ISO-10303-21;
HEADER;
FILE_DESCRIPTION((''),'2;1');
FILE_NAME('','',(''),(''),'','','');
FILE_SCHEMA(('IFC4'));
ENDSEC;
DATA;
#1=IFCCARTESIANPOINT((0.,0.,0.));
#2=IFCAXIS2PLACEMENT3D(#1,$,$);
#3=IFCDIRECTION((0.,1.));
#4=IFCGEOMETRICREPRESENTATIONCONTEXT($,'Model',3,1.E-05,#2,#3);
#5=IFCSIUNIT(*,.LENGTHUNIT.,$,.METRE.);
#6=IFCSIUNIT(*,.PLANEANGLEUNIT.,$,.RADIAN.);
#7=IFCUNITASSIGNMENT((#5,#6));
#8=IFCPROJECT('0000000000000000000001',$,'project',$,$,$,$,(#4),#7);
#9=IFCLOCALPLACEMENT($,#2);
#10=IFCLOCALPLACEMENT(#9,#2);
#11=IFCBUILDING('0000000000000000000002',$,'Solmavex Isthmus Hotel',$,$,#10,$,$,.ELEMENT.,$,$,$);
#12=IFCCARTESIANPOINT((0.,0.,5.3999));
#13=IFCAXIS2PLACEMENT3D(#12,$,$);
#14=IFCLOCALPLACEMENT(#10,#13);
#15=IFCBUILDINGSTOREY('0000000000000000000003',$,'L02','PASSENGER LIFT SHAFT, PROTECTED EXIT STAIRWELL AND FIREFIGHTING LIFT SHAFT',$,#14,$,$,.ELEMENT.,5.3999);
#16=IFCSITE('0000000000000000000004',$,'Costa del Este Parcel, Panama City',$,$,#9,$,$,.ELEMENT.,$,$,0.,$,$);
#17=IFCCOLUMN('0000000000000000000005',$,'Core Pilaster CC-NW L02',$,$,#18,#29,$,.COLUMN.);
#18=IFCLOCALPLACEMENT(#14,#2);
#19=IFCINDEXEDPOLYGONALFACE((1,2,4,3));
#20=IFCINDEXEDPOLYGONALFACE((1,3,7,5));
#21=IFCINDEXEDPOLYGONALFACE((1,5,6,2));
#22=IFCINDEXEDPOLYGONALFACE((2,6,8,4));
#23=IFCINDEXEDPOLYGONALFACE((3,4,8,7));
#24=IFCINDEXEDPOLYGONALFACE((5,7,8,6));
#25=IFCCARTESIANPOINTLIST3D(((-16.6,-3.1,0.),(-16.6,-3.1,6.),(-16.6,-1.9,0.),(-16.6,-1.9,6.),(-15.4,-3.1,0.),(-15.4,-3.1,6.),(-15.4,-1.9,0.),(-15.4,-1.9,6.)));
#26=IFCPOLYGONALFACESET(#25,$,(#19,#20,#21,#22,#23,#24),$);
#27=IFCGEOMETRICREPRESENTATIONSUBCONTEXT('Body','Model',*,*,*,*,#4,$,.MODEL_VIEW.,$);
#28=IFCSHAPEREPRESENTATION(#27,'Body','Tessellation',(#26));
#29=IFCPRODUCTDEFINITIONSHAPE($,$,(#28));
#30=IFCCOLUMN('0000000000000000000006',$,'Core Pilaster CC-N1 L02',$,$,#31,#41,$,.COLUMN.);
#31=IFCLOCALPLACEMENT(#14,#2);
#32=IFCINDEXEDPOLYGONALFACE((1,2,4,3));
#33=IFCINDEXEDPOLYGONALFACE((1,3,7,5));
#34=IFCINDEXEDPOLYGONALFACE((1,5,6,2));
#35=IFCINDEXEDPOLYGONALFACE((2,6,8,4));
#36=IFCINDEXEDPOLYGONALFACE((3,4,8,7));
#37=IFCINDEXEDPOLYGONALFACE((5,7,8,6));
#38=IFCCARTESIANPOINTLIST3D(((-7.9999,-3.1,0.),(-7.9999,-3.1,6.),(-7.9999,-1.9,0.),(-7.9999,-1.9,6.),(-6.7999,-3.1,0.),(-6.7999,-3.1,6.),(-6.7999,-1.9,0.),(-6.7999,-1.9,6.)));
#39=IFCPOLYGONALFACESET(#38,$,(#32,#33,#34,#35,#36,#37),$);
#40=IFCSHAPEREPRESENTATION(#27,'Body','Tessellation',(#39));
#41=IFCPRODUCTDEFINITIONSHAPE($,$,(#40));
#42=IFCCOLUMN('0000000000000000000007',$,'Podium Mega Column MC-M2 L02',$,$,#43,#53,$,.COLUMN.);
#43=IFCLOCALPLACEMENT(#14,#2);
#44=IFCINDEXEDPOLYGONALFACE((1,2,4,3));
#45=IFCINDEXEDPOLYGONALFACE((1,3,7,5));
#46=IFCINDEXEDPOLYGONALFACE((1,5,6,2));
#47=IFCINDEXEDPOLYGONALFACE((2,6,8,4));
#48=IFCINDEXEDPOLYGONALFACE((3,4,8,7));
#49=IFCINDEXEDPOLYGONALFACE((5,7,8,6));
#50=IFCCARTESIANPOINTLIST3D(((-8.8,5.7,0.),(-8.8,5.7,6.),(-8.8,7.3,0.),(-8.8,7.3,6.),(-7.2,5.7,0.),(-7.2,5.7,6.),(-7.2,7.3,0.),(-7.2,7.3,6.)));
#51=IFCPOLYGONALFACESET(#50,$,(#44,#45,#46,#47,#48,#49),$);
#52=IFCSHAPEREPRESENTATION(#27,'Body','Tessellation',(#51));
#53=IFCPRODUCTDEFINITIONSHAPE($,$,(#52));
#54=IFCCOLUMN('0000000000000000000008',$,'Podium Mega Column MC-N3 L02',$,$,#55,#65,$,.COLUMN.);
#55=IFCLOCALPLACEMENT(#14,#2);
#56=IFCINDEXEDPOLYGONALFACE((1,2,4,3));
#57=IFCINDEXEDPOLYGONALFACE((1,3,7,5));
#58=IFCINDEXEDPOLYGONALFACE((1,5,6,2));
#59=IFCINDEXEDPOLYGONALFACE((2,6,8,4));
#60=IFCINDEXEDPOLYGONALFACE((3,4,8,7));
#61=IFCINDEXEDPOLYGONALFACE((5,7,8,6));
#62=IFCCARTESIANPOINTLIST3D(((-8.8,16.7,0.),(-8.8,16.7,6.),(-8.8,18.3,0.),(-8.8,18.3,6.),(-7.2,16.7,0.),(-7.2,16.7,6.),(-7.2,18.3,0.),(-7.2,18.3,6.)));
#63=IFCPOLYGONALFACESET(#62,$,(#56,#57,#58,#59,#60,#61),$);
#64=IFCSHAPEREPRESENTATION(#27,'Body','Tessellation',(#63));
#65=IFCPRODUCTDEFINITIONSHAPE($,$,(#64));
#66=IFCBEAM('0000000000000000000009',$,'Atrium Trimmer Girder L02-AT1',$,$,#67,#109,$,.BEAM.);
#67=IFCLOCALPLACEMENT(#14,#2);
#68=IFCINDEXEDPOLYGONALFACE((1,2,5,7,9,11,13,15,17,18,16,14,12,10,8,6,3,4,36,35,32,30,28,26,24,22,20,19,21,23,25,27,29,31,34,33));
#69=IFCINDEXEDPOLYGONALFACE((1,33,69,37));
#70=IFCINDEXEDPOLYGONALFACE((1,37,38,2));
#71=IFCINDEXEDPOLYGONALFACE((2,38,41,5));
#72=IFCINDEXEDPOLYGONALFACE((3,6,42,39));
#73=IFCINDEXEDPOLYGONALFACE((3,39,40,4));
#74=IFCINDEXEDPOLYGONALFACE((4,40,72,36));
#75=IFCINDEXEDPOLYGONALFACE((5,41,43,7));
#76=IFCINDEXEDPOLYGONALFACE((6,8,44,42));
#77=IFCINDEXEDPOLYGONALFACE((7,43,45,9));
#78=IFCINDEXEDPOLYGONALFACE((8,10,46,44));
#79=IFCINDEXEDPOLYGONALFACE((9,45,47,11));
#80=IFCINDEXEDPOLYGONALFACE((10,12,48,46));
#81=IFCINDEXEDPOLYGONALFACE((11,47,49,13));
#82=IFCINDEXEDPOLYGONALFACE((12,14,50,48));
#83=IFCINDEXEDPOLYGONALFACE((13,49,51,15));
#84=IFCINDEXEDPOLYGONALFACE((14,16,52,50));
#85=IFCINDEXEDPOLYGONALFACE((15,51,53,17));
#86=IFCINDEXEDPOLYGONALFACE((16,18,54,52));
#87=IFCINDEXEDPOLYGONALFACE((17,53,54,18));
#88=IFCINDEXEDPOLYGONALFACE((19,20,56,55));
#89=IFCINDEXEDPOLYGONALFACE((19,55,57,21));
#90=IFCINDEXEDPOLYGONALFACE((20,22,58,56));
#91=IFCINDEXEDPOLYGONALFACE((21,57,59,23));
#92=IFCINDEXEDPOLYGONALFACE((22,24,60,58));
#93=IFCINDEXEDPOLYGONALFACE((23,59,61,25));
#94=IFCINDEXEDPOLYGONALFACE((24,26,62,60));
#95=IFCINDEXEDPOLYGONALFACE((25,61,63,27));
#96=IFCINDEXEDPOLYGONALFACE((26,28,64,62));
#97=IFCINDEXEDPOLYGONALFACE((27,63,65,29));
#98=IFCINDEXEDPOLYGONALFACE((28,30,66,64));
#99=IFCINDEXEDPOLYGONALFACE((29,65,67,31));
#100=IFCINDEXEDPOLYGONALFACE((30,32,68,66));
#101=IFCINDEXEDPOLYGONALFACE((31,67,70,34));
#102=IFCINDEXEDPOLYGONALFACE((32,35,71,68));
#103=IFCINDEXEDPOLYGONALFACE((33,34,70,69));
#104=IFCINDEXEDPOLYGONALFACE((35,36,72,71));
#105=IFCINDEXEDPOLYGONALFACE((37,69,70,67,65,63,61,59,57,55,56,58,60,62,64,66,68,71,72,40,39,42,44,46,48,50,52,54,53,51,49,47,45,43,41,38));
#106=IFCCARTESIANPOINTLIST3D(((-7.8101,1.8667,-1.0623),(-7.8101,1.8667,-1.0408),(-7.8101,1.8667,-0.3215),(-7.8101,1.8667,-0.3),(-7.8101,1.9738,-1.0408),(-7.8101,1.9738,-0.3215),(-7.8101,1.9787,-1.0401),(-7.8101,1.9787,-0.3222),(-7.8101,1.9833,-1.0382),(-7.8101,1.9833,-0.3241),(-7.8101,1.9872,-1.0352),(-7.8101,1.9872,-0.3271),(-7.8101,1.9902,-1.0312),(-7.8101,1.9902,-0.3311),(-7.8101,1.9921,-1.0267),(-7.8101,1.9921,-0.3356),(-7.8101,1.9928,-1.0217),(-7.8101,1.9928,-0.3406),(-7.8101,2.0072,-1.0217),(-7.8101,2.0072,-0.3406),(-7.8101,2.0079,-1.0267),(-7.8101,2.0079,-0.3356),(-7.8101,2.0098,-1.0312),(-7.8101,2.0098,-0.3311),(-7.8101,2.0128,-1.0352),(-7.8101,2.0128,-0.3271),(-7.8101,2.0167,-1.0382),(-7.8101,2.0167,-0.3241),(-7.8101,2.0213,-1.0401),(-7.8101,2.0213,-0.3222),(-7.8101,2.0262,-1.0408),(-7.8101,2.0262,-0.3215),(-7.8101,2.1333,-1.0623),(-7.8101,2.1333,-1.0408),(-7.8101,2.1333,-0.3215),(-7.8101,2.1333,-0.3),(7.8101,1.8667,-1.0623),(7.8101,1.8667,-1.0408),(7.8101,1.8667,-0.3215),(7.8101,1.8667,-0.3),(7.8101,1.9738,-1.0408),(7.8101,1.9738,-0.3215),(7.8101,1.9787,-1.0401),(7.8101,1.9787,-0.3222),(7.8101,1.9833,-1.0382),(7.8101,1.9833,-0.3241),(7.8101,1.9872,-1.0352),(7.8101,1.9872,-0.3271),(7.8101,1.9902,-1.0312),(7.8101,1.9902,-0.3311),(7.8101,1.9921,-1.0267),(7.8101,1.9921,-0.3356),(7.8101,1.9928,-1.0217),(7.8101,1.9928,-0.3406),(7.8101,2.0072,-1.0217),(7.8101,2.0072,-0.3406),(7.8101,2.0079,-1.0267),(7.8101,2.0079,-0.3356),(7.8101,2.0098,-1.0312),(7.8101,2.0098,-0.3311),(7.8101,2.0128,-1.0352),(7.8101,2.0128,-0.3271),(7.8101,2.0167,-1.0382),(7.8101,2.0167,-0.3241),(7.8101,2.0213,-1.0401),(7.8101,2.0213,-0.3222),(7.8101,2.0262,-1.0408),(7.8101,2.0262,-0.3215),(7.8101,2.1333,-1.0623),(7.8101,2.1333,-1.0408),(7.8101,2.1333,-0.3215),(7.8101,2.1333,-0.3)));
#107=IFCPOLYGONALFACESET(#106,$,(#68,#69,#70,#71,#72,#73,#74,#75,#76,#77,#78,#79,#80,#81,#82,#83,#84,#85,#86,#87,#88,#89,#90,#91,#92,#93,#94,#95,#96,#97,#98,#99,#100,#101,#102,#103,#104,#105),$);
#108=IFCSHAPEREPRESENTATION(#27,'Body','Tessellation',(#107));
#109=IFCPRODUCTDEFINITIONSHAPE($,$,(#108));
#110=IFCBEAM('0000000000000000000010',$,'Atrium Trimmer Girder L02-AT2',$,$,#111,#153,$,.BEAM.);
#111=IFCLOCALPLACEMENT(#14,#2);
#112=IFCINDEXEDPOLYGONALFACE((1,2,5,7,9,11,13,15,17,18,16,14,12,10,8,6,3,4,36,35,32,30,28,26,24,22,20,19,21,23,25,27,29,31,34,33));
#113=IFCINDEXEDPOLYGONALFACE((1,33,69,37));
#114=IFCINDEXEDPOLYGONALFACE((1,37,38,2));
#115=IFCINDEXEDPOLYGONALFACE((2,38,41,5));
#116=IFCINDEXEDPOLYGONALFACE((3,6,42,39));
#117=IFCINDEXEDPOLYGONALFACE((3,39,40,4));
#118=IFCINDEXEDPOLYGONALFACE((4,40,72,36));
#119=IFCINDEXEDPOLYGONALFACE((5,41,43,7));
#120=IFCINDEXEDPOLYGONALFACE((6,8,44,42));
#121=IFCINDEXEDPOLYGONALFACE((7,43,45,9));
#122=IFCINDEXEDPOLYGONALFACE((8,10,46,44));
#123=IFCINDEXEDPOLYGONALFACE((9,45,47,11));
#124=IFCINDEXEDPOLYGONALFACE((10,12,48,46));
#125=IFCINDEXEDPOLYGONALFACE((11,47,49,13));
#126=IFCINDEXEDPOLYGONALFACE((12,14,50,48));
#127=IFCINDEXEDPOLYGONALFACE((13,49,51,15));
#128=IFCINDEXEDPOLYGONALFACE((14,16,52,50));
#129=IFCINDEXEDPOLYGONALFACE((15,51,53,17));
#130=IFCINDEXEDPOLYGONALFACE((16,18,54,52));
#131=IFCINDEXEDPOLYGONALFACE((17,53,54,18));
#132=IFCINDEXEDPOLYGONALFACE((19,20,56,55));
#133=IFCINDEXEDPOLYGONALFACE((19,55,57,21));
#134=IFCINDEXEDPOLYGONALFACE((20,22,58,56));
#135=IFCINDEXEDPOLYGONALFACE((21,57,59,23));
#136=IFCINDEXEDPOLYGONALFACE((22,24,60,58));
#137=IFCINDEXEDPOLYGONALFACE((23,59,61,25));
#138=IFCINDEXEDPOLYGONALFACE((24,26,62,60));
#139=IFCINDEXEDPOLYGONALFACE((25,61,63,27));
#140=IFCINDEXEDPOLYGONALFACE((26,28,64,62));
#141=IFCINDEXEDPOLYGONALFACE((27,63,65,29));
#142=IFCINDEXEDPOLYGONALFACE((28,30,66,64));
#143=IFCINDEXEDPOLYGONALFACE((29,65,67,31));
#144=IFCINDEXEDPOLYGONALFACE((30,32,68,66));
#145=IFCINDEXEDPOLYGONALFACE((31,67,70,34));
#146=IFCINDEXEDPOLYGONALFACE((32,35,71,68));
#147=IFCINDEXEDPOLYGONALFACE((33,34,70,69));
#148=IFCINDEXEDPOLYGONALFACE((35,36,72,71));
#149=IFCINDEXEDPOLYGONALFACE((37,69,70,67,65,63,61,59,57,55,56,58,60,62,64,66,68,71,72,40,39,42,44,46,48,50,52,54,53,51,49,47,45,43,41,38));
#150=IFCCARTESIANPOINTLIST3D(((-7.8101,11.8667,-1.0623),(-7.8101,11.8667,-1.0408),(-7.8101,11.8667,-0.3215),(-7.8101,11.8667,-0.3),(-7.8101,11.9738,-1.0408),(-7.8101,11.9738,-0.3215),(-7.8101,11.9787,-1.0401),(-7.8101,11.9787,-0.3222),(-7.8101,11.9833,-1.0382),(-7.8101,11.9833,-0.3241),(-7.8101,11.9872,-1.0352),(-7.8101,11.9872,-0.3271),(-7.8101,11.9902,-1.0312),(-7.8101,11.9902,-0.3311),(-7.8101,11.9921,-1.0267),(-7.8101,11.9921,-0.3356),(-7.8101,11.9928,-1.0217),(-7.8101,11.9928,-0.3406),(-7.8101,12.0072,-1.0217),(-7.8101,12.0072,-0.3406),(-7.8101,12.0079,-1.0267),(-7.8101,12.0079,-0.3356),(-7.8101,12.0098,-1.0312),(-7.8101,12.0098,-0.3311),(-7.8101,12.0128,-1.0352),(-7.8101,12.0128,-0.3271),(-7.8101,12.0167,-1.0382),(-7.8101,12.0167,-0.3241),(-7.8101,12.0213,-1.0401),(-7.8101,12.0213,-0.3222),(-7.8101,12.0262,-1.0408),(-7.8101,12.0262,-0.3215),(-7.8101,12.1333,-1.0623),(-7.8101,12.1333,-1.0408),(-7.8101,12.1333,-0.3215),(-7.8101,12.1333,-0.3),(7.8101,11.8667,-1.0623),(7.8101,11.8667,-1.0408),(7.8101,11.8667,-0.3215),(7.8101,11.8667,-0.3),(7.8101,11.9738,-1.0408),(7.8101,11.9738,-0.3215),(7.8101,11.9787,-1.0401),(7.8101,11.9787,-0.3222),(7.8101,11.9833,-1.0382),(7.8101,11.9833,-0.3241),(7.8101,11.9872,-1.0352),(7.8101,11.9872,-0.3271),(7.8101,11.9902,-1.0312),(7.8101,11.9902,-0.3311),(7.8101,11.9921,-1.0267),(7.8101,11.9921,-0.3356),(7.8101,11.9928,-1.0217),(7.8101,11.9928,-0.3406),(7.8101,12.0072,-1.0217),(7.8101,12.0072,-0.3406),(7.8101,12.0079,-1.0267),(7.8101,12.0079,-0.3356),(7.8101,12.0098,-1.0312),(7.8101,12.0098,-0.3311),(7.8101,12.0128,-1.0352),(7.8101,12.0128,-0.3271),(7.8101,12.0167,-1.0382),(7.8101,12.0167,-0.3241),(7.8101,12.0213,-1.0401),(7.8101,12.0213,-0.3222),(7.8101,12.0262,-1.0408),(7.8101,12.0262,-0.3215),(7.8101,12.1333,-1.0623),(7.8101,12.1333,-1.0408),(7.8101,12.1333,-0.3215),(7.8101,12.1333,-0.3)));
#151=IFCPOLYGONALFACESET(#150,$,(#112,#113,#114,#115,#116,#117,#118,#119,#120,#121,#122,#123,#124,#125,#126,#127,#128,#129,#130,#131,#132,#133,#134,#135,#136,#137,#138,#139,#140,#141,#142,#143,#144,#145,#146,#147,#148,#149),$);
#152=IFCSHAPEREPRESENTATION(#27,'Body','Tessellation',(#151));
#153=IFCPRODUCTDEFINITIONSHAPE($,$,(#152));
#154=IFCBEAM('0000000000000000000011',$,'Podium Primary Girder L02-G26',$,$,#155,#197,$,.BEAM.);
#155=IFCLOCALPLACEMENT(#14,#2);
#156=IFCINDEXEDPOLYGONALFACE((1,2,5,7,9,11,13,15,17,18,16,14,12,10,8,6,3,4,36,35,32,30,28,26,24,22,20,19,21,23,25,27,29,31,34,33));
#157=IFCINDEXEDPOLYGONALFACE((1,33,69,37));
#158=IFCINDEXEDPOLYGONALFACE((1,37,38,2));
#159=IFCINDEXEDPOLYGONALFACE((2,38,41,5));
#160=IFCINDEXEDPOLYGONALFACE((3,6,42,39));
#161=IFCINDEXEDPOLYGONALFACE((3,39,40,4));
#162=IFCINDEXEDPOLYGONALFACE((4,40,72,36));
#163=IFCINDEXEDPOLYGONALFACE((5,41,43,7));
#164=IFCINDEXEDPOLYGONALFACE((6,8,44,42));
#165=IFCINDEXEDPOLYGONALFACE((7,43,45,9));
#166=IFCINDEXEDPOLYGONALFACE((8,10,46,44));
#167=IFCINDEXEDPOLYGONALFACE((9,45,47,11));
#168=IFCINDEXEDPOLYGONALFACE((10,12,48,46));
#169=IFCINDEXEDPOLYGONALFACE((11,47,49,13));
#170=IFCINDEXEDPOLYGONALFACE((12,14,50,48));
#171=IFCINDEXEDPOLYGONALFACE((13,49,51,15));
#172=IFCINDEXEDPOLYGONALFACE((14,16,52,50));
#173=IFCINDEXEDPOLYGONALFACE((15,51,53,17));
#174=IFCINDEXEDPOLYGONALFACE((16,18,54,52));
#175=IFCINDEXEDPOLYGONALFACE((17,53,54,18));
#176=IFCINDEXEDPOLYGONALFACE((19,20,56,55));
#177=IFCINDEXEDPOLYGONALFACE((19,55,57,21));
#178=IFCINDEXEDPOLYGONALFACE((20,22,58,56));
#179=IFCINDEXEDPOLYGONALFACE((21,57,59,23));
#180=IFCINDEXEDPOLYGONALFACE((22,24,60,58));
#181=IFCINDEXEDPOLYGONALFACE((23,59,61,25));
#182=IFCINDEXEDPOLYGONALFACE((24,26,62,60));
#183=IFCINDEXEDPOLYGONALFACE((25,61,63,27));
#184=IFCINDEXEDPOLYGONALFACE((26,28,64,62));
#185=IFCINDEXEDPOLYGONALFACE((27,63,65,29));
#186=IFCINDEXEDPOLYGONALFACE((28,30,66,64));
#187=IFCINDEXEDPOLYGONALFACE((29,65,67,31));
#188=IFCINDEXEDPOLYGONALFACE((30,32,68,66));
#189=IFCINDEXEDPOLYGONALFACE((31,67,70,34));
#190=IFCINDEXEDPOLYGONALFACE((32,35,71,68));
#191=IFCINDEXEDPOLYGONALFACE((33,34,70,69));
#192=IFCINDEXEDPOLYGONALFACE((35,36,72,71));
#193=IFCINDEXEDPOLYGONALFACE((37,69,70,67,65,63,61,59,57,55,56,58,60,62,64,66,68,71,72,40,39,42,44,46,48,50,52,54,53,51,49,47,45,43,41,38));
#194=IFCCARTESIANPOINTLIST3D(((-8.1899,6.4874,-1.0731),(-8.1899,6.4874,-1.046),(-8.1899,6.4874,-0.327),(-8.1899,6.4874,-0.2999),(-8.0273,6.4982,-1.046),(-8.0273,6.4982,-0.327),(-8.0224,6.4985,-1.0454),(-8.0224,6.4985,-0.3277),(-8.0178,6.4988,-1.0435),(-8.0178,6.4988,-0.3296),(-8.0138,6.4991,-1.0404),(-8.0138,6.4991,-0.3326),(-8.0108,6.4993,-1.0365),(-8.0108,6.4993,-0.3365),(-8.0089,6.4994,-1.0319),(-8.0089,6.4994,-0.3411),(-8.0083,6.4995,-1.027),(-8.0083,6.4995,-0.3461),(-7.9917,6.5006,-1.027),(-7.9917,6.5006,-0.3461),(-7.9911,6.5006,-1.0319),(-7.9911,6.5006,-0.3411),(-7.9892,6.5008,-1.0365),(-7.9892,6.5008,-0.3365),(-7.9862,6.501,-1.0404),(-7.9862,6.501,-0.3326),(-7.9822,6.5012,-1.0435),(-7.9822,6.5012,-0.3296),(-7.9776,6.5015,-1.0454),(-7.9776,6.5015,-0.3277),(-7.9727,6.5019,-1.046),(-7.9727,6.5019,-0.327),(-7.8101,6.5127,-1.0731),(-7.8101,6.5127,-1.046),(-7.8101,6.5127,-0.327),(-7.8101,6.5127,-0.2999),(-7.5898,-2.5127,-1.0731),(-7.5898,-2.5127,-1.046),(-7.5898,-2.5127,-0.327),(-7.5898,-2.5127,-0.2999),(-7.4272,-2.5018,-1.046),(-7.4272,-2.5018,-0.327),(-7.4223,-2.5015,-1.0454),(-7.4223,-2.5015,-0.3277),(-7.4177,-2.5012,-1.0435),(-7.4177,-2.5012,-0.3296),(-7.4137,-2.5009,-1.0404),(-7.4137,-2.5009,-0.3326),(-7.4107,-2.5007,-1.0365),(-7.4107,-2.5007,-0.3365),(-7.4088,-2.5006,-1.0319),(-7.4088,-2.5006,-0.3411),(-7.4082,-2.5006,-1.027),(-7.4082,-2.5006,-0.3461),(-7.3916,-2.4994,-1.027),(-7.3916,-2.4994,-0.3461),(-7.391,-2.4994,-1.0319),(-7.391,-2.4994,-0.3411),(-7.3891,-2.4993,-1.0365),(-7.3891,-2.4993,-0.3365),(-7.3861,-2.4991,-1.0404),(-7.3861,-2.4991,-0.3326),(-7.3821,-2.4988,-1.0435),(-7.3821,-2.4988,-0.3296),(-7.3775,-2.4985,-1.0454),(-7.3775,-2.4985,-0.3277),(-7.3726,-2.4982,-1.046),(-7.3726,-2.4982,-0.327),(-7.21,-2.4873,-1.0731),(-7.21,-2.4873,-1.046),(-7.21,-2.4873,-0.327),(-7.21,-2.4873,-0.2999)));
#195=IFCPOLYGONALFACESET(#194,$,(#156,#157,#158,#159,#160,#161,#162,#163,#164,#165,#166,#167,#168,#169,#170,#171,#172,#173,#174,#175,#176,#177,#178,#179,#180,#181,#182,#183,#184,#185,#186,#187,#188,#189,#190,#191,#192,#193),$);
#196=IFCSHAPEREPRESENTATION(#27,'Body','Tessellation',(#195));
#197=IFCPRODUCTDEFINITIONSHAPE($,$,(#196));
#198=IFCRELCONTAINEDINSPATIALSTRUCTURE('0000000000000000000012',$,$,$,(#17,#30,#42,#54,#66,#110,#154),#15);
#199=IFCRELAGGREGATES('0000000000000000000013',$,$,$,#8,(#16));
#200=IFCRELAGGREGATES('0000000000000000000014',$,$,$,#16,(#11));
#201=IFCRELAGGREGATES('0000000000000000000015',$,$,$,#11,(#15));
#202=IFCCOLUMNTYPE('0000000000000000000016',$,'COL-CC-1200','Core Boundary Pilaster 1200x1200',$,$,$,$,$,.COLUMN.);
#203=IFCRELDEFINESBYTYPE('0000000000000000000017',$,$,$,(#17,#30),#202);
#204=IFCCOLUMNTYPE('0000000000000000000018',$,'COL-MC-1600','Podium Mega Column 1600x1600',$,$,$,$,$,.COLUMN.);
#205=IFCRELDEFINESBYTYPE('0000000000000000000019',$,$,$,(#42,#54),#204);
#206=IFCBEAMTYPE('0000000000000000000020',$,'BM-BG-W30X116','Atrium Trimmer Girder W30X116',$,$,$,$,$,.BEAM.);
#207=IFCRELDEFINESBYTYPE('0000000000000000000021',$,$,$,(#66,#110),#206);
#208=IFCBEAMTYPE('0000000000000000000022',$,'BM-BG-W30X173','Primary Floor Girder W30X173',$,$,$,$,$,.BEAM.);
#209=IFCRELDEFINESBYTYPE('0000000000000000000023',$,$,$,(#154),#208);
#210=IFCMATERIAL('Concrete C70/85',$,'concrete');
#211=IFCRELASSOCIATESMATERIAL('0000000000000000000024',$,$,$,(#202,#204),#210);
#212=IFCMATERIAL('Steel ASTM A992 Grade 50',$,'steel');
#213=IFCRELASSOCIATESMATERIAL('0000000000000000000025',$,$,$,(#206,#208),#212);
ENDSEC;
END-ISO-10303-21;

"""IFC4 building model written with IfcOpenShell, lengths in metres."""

from ifc_helpers import new_model, si_unit, direction, frame, origin, origin_2d, place, context, subcontext, project, spatial, rectangle, i_section, extrude, material, material_profile, profile_set, type_object, element, save


model = new_model("IFC4")

# Units and contexts
model_context = context("Model", 3, precision=1e-05, world=origin(), true_north=direction((0.0, 1.0)))
body_context = subcontext(model_context, "Body", "Model", "MODEL_VIEW")
ifc_project = project(units=[si_unit("LENGTHUNIT", "METRE"), si_unit("PLANEANGLEUNIT", "RADIAN")], contexts=[model_context])

# Site, building, storey
site_placement = place(None, origin())
site = spatial("IfcSite", under=ifc_project, at=site_placement, Name="Costa del Este Parcel, Panama City", CompositionType="ELEMENT", RefElevation=0.0)
building_placement = place(site_placement, origin())
building = spatial("IfcBuilding", under=site, at=building_placement, Name="Solmavex Isthmus Hotel", CompositionType="ELEMENT")
storey_placement = place(building_placement, frame((0.0, 0.0, 5.3999)))
storey = spatial("IfcBuildingStorey", under=building, at=storey_placement, Name="L02", Description="PASSENGER LIFT SHAFT, PROTECTED EXIT STAIRWELL AND FIREFIGHTING LIFT SHAFT", CompositionType="ELEMENT", Elevation=5.3999)

# Columns
ifc_material_1 = material(Name="Concrete C70/85", Category="concrete")
ifc_material_profile_1 = material_profile(ifc_material_1, rectangle(XDim=1.2, YDim=1.2, at=origin_2d()), Name="RC1200X1200")
ifc_profile_set_1 = profile_set([ifc_material_profile_1], Name="Concrete C70/85")
column_type_1 = type_object("IfcColumnType", Name="COL-CC-1200", Description="Core Boundary Pilaster 1200x1200", PredefinedType="COLUMN", material=ifc_profile_set_1)
for number, where, z_axis, x_axis, name in (
    (1, (-16.0, -2.5, 0.0), (0.0, 0.0, 1.0), (1.0, 0.0, 0.0), "Core Pilaster CC-NW L02"),
    (2, (-7.3999, -2.5, 0.0), (0.0, 0.0, 1.0), (1.0, 0.0, 0.0), "Core Pilaster CC-N1 L02"),
):
    element("IfcColumn", number, at=place(storey_placement, frame(where, z_axis=z_axis, x_axis=x_axis)), inside=storey, type_object=column_type_1, Name=name, PredefinedType="COLUMN", context=body_context, shape_type="SweptSolid", body=[
        extrude(rectangle(XDim=1.2, YDim=1.2, at=origin_2d()), origin(), (0.0, 0.0, 1.0), 6.0),
    ])
ifc_material_profile_2 = material_profile(ifc_material_1, rectangle(XDim=1.6001, YDim=1.6001, at=origin_2d()), Name="RC1600X1600")
ifc_profile_set_2 = profile_set([ifc_material_profile_2], Name="Concrete C70/85")
column_type_2 = type_object("IfcColumnType", Name="COL-MC-1600", Description="Podium Mega Column 1600x1600", PredefinedType="COLUMN", material=ifc_profile_set_2)
for number, where, z_axis, x_axis, name in (
    (3, (-8.0, 6.5, 0.0), (0.0, 0.0, 1.0), (1.0, 0.0, 0.0), "Podium Mega Column MC-M2 L02"),
    (4, (-8.0, 17.5, 0.0), (0.0, 0.0, 1.0), (1.0, 0.0, 0.0), "Podium Mega Column MC-N3 L02"),
):
    element("IfcColumn", number, at=place(storey_placement, frame(where, z_axis=z_axis, x_axis=x_axis)), inside=storey, type_object=column_type_2, Name=name, PredefinedType="COLUMN", context=body_context, shape_type="SweptSolid", body=[
        extrude(rectangle(XDim=1.6001, YDim=1.6001, at=origin_2d()), origin(), (0.0, 0.0, 1.0), 6.0),
    ])

# Beams
ifc_material_2 = material(Name="Steel ASTM A992 Grade 50", Category="steel")
ifc_material_profile_3 = material_profile(ifc_material_2, i_section(OverallWidth=0.2666, OverallDepth=0.7622, WebThickness=0.0144, FlangeThickness=0.0215, FilletRadius=0.019, at=origin_2d()), Name="W30X116")
ifc_profile_set_3 = profile_set([ifc_material_profile_3], Name="Steel ASTM A992 Grade 50")
beam_type_1 = type_object("IfcBeamType", Name="BM-BG-W30X116", Description="Atrium Trimmer Girder W30X116", PredefinedType="BEAM", material=ifc_profile_set_3)
for number, where, z_axis, x_axis, name in (
    (5, (-7.8101, 2.0, -0.6812), (1.0, 0.0, 0.0), (0.0, 1.0, 0.0), "Atrium Trimmer Girder L02-AT1"),
    (6, (-7.8101, 12.0, -0.6812), (1.0, 0.0, 0.0), (0.0, 1.0, 0.0), "Atrium Trimmer Girder L02-AT2"),
):
    element("IfcBeam", number, at=place(storey_placement, frame(where, z_axis=z_axis, x_axis=x_axis)), inside=storey, type_object=beam_type_1, Name=name, PredefinedType="BEAM", context=body_context, shape_type="SweptSolid", body=[
        extrude(i_section(OverallWidth=0.2666, OverallDepth=0.7622, WebThickness=0.0144, FlangeThickness=0.0215, FilletRadius=0.019, at=origin_2d()), origin(), (0.0, 0.0, 1.0), 15.6201),
    ])
ifc_material_profile_4 = material_profile(ifc_material_2, i_section(OverallWidth=0.3806, OverallDepth=0.7732, WebThickness=0.0166, FlangeThickness=0.0271, FilletRadius=0.019, at=origin_2d()), Name="W30X173")
ifc_profile_set_4 = profile_set([ifc_material_profile_4], Name="Steel ASTM A992 Grade 50")
beam_type_2 = type_object("IfcBeamType", Name="BM-BG-W30X173", Description="Primary Floor Girder W30X173", PredefinedType="BEAM", material=ifc_profile_set_4)
beam_1_placement = place(storey_placement, frame((-7.3999, -2.5, -0.6865), z_axis=(-0.06653, 0.997784, 0.0), x_axis=(-0.997784, -0.06653, 0.0)))
element("IfcBeam", 7, at=beam_1_placement, inside=storey, type_object=beam_type_2, Name="Podium Primary Girder L02-G26", PredefinedType="BEAM", context=body_context, shape_type="SweptSolid", body=[
    extrude(i_section(OverallWidth=0.3806, OverallDepth=0.7732, WebThickness=0.0166, FlangeThickness=0.0271, FilletRadius=0.019, at=origin_2d()), origin(), (0.0, 0.0, 1.0), 9.02),
])

save(model, "model.ifc")
